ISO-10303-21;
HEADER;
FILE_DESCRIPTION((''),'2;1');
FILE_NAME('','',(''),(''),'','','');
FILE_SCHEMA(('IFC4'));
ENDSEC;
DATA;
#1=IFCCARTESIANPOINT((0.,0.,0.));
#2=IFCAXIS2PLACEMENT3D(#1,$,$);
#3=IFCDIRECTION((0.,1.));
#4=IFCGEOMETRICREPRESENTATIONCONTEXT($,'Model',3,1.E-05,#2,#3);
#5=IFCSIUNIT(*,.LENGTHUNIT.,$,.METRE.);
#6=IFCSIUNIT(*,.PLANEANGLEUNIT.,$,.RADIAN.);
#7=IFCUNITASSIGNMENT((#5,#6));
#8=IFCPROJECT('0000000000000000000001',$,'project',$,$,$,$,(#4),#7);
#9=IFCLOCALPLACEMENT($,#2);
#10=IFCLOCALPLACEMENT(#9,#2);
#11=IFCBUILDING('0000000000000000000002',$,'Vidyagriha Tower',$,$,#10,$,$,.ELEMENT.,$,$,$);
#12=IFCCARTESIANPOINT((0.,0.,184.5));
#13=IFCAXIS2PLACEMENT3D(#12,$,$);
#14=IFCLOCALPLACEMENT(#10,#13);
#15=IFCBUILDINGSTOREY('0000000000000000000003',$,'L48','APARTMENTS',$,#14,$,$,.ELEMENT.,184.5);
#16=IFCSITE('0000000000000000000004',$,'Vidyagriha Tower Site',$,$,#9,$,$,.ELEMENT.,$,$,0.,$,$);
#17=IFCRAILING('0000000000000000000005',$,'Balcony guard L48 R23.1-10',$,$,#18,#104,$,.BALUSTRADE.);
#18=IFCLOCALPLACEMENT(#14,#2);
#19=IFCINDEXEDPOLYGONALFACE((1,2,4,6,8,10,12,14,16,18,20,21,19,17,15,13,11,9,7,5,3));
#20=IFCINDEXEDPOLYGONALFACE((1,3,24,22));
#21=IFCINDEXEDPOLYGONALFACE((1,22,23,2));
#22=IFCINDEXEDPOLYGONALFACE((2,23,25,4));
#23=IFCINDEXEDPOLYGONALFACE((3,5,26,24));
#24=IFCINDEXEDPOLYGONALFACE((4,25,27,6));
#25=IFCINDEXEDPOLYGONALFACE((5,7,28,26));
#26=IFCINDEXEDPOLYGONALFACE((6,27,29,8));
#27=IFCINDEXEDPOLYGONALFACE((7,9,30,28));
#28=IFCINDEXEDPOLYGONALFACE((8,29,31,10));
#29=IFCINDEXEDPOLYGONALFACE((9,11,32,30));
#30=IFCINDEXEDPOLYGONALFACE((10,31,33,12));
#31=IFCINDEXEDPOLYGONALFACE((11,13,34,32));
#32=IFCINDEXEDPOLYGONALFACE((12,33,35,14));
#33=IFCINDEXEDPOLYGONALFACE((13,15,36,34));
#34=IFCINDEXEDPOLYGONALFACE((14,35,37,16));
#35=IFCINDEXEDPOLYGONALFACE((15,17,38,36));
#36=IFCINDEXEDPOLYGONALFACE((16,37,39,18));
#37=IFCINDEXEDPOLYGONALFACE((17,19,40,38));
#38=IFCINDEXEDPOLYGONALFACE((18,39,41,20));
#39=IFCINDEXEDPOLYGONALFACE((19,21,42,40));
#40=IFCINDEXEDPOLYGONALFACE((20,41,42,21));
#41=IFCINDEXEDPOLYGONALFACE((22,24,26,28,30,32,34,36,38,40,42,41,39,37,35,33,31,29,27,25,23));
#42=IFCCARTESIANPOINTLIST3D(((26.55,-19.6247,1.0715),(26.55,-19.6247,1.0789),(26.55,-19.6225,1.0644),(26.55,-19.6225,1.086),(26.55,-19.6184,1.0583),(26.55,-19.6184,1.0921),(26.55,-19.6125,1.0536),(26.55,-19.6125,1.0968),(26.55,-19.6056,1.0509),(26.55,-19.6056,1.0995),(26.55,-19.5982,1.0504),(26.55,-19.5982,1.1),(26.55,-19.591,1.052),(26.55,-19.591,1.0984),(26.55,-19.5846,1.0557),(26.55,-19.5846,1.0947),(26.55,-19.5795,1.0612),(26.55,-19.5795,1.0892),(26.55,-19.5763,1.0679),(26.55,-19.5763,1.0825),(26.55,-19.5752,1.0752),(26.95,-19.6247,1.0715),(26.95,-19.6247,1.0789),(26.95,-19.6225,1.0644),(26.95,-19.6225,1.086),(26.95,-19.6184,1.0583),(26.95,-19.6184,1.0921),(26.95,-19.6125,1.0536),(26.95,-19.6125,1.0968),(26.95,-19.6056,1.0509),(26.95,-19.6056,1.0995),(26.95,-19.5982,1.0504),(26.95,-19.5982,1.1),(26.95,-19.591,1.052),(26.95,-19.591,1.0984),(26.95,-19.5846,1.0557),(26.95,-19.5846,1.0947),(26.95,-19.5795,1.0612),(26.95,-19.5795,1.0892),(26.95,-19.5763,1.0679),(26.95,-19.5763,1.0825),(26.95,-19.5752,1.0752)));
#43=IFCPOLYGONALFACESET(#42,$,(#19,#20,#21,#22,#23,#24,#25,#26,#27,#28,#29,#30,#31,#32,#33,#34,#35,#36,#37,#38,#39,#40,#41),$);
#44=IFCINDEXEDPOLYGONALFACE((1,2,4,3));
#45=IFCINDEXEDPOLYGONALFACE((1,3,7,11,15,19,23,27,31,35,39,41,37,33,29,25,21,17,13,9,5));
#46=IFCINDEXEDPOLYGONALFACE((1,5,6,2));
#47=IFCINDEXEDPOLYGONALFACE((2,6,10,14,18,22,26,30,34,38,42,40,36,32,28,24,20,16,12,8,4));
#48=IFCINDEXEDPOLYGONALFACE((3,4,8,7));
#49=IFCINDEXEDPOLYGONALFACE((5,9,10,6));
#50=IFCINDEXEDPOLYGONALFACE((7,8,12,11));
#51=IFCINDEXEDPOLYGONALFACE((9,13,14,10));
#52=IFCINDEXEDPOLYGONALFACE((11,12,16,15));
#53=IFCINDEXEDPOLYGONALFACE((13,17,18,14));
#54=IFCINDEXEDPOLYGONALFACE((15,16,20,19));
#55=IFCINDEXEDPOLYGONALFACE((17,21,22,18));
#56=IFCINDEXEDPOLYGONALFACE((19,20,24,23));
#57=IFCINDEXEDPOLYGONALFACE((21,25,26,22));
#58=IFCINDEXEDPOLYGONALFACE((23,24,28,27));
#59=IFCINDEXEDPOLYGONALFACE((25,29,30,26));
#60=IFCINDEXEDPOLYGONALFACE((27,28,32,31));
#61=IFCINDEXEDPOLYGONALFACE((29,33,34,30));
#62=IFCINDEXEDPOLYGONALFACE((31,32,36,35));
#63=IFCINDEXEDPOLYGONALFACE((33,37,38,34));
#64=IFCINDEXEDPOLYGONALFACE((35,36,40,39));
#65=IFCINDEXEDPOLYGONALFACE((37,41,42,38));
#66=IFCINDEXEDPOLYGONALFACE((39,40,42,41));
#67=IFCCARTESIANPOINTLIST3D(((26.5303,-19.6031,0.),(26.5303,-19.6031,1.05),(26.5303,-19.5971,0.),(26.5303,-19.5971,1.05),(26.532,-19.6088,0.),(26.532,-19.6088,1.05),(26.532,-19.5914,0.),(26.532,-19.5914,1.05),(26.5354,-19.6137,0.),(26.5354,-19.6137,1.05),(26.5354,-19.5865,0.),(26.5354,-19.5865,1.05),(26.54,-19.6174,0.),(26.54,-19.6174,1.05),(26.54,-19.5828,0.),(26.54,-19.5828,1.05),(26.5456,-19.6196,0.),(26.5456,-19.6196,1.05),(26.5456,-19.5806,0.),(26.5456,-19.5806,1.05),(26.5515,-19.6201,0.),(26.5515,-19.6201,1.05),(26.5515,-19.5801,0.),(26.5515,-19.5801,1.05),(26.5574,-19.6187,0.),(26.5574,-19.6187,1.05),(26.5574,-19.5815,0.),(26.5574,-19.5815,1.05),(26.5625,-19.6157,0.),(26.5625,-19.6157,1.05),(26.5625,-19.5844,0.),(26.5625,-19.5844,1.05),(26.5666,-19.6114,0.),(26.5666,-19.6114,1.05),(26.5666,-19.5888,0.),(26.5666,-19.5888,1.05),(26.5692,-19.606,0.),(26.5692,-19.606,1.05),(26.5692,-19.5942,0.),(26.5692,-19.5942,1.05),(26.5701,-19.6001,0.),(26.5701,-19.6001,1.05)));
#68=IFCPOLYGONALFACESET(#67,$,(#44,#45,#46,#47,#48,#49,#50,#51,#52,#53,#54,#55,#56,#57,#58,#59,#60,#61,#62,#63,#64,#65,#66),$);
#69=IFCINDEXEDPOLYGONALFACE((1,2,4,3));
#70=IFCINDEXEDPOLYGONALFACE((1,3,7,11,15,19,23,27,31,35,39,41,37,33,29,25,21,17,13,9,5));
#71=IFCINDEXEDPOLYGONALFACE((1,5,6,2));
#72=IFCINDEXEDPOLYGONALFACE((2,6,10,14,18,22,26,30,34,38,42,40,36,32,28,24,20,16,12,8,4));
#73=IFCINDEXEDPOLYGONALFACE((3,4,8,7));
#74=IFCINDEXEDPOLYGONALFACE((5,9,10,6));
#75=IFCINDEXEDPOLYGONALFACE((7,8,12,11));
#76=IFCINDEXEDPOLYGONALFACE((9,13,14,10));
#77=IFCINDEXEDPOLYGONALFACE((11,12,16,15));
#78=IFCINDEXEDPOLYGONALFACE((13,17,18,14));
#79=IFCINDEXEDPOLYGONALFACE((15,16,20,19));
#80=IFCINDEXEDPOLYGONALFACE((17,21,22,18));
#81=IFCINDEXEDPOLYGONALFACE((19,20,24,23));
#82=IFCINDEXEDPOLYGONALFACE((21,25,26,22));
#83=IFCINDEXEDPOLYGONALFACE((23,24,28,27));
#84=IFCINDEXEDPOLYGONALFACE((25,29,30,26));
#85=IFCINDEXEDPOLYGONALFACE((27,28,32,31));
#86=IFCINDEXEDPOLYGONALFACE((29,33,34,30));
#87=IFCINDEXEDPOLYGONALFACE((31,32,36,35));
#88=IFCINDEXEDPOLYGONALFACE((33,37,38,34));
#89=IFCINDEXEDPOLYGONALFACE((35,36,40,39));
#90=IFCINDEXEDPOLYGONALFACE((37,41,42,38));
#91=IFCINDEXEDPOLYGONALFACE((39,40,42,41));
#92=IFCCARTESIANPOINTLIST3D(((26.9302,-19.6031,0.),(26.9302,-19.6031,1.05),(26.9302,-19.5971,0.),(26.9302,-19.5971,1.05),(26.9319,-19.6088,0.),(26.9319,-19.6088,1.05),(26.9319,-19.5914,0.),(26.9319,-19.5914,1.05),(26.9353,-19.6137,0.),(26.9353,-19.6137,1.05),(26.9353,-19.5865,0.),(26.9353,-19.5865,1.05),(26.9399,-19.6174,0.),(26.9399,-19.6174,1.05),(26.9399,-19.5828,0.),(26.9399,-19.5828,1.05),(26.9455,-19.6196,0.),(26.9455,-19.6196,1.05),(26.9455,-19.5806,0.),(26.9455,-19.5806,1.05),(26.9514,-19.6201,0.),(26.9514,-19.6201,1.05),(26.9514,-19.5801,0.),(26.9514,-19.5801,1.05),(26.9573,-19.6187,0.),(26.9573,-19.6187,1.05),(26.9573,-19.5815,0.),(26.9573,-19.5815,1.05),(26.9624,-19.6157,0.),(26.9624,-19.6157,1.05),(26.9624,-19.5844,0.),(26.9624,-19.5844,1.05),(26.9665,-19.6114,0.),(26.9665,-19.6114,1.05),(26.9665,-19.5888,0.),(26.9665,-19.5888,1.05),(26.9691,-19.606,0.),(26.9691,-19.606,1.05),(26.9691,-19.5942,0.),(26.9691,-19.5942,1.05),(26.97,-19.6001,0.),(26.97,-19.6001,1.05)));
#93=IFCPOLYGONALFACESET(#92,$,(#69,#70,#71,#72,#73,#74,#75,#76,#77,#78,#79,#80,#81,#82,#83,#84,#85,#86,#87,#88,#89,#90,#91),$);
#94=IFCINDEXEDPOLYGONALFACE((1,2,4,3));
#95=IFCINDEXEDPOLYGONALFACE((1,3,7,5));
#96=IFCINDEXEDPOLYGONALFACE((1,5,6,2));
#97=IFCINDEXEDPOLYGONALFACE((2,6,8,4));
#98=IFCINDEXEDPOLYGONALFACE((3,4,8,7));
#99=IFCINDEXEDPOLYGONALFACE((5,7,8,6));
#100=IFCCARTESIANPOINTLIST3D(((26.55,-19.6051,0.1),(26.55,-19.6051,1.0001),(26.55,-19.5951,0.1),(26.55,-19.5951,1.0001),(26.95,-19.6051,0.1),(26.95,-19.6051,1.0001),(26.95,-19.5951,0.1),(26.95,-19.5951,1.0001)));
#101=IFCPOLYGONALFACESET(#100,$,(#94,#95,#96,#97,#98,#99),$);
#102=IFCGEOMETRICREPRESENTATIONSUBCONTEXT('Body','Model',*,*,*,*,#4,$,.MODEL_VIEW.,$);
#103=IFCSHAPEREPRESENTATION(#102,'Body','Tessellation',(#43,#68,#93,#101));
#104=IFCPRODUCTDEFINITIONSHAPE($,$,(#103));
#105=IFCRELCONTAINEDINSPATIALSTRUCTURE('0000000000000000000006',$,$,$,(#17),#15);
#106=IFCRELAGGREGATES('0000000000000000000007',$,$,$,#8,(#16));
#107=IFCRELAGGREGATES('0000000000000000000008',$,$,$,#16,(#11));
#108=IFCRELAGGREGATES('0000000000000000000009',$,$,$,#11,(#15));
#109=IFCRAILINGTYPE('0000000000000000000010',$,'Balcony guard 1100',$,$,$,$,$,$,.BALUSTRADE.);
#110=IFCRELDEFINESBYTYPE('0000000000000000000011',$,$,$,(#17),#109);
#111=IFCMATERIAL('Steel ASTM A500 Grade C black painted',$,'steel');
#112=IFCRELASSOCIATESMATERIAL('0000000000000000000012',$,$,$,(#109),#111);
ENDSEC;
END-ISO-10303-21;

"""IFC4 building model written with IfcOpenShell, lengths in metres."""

from ifc_helpers import new_model, si_unit, direction, frame, origin, origin_2d, place, context, subcontext, project, spatial, rectangle, circle, extrude, material, type_object, element, save


model = new_model("IFC4")

# Units and contexts
model_context = context("Model", 3, precision=1e-05, world=origin(), true_north=direction((0.0, 1.0)))
body_context = subcontext(model_context, "Body", "Model", "MODEL_VIEW")
ifc_project = project(units=[si_unit("LENGTHUNIT", "METRE"), si_unit("PLANEANGLEUNIT", "RADIAN")], contexts=[model_context])

# Site, building, storey
site_placement = place(None, origin())
site = spatial("IfcSite", under=ifc_project, at=site_placement, Name="Vidyagriha Tower Site", CompositionType="ELEMENT", RefElevation=0.0)
building_placement = place(site_placement, origin())
building = spatial("IfcBuilding", under=site, at=building_placement, Name="Vidyagriha Tower", CompositionType="ELEMENT")
storey_placement = place(building_placement, frame((0.0, 0.0, 184.5)))
storey = spatial("IfcBuildingStorey", under=building, at=storey_placement, Name="L48", Description="APARTMENTS", CompositionType="ELEMENT", Elevation=184.5)

# Railing
ifc_material_1 = material(Name="Steel ASTM A500 Grade C black painted", Category="steel")
railing_type_1 = type_object("IfcRailingType", Name="Balcony guard 1100", PredefinedType="BALUSTRADE", material=ifc_material_1)
railing_1_placement = place(storey_placement, frame((26.55, -19.6001, 0.0)))
element("IfcRailing", 1, at=railing_1_placement, inside=storey, type_object=railing_type_1, Name="Balcony guard L48 R23.1-10", PredefinedType="BALUSTRADE", context=body_context, shape_type="SweptSolid", body=[
    extrude(circle(Radius=0.0249, at=origin_2d()), frame((0.0, 0.0, 1.0752), z_axis=(1.0, 0.0, 0.0), x_axis=(0.0, 1.0, 0.0)), (0.0, 0.0, 1.0), 0.3999),
    extrude(circle(Radius=0.02, at=origin_2d()), origin(), (0.0, 0.0, 1.0), 1.05),
    extrude(circle(Radius=0.02, at=origin_2d()), frame((0.3999, 0.0, 0.0)), (0.0, 0.0, 1.0), 1.05),
    extrude(rectangle(XDim=0.01, YDim=0.9001, at=origin_2d()), frame((0.0, 0.0, 0.55), z_axis=(1.0, 0.0, 0.0), x_axis=(0.0, 1.0, 0.0)), (0.0, 0.0, 1.0), 0.3999),
])

save(model, "model.ifc")
